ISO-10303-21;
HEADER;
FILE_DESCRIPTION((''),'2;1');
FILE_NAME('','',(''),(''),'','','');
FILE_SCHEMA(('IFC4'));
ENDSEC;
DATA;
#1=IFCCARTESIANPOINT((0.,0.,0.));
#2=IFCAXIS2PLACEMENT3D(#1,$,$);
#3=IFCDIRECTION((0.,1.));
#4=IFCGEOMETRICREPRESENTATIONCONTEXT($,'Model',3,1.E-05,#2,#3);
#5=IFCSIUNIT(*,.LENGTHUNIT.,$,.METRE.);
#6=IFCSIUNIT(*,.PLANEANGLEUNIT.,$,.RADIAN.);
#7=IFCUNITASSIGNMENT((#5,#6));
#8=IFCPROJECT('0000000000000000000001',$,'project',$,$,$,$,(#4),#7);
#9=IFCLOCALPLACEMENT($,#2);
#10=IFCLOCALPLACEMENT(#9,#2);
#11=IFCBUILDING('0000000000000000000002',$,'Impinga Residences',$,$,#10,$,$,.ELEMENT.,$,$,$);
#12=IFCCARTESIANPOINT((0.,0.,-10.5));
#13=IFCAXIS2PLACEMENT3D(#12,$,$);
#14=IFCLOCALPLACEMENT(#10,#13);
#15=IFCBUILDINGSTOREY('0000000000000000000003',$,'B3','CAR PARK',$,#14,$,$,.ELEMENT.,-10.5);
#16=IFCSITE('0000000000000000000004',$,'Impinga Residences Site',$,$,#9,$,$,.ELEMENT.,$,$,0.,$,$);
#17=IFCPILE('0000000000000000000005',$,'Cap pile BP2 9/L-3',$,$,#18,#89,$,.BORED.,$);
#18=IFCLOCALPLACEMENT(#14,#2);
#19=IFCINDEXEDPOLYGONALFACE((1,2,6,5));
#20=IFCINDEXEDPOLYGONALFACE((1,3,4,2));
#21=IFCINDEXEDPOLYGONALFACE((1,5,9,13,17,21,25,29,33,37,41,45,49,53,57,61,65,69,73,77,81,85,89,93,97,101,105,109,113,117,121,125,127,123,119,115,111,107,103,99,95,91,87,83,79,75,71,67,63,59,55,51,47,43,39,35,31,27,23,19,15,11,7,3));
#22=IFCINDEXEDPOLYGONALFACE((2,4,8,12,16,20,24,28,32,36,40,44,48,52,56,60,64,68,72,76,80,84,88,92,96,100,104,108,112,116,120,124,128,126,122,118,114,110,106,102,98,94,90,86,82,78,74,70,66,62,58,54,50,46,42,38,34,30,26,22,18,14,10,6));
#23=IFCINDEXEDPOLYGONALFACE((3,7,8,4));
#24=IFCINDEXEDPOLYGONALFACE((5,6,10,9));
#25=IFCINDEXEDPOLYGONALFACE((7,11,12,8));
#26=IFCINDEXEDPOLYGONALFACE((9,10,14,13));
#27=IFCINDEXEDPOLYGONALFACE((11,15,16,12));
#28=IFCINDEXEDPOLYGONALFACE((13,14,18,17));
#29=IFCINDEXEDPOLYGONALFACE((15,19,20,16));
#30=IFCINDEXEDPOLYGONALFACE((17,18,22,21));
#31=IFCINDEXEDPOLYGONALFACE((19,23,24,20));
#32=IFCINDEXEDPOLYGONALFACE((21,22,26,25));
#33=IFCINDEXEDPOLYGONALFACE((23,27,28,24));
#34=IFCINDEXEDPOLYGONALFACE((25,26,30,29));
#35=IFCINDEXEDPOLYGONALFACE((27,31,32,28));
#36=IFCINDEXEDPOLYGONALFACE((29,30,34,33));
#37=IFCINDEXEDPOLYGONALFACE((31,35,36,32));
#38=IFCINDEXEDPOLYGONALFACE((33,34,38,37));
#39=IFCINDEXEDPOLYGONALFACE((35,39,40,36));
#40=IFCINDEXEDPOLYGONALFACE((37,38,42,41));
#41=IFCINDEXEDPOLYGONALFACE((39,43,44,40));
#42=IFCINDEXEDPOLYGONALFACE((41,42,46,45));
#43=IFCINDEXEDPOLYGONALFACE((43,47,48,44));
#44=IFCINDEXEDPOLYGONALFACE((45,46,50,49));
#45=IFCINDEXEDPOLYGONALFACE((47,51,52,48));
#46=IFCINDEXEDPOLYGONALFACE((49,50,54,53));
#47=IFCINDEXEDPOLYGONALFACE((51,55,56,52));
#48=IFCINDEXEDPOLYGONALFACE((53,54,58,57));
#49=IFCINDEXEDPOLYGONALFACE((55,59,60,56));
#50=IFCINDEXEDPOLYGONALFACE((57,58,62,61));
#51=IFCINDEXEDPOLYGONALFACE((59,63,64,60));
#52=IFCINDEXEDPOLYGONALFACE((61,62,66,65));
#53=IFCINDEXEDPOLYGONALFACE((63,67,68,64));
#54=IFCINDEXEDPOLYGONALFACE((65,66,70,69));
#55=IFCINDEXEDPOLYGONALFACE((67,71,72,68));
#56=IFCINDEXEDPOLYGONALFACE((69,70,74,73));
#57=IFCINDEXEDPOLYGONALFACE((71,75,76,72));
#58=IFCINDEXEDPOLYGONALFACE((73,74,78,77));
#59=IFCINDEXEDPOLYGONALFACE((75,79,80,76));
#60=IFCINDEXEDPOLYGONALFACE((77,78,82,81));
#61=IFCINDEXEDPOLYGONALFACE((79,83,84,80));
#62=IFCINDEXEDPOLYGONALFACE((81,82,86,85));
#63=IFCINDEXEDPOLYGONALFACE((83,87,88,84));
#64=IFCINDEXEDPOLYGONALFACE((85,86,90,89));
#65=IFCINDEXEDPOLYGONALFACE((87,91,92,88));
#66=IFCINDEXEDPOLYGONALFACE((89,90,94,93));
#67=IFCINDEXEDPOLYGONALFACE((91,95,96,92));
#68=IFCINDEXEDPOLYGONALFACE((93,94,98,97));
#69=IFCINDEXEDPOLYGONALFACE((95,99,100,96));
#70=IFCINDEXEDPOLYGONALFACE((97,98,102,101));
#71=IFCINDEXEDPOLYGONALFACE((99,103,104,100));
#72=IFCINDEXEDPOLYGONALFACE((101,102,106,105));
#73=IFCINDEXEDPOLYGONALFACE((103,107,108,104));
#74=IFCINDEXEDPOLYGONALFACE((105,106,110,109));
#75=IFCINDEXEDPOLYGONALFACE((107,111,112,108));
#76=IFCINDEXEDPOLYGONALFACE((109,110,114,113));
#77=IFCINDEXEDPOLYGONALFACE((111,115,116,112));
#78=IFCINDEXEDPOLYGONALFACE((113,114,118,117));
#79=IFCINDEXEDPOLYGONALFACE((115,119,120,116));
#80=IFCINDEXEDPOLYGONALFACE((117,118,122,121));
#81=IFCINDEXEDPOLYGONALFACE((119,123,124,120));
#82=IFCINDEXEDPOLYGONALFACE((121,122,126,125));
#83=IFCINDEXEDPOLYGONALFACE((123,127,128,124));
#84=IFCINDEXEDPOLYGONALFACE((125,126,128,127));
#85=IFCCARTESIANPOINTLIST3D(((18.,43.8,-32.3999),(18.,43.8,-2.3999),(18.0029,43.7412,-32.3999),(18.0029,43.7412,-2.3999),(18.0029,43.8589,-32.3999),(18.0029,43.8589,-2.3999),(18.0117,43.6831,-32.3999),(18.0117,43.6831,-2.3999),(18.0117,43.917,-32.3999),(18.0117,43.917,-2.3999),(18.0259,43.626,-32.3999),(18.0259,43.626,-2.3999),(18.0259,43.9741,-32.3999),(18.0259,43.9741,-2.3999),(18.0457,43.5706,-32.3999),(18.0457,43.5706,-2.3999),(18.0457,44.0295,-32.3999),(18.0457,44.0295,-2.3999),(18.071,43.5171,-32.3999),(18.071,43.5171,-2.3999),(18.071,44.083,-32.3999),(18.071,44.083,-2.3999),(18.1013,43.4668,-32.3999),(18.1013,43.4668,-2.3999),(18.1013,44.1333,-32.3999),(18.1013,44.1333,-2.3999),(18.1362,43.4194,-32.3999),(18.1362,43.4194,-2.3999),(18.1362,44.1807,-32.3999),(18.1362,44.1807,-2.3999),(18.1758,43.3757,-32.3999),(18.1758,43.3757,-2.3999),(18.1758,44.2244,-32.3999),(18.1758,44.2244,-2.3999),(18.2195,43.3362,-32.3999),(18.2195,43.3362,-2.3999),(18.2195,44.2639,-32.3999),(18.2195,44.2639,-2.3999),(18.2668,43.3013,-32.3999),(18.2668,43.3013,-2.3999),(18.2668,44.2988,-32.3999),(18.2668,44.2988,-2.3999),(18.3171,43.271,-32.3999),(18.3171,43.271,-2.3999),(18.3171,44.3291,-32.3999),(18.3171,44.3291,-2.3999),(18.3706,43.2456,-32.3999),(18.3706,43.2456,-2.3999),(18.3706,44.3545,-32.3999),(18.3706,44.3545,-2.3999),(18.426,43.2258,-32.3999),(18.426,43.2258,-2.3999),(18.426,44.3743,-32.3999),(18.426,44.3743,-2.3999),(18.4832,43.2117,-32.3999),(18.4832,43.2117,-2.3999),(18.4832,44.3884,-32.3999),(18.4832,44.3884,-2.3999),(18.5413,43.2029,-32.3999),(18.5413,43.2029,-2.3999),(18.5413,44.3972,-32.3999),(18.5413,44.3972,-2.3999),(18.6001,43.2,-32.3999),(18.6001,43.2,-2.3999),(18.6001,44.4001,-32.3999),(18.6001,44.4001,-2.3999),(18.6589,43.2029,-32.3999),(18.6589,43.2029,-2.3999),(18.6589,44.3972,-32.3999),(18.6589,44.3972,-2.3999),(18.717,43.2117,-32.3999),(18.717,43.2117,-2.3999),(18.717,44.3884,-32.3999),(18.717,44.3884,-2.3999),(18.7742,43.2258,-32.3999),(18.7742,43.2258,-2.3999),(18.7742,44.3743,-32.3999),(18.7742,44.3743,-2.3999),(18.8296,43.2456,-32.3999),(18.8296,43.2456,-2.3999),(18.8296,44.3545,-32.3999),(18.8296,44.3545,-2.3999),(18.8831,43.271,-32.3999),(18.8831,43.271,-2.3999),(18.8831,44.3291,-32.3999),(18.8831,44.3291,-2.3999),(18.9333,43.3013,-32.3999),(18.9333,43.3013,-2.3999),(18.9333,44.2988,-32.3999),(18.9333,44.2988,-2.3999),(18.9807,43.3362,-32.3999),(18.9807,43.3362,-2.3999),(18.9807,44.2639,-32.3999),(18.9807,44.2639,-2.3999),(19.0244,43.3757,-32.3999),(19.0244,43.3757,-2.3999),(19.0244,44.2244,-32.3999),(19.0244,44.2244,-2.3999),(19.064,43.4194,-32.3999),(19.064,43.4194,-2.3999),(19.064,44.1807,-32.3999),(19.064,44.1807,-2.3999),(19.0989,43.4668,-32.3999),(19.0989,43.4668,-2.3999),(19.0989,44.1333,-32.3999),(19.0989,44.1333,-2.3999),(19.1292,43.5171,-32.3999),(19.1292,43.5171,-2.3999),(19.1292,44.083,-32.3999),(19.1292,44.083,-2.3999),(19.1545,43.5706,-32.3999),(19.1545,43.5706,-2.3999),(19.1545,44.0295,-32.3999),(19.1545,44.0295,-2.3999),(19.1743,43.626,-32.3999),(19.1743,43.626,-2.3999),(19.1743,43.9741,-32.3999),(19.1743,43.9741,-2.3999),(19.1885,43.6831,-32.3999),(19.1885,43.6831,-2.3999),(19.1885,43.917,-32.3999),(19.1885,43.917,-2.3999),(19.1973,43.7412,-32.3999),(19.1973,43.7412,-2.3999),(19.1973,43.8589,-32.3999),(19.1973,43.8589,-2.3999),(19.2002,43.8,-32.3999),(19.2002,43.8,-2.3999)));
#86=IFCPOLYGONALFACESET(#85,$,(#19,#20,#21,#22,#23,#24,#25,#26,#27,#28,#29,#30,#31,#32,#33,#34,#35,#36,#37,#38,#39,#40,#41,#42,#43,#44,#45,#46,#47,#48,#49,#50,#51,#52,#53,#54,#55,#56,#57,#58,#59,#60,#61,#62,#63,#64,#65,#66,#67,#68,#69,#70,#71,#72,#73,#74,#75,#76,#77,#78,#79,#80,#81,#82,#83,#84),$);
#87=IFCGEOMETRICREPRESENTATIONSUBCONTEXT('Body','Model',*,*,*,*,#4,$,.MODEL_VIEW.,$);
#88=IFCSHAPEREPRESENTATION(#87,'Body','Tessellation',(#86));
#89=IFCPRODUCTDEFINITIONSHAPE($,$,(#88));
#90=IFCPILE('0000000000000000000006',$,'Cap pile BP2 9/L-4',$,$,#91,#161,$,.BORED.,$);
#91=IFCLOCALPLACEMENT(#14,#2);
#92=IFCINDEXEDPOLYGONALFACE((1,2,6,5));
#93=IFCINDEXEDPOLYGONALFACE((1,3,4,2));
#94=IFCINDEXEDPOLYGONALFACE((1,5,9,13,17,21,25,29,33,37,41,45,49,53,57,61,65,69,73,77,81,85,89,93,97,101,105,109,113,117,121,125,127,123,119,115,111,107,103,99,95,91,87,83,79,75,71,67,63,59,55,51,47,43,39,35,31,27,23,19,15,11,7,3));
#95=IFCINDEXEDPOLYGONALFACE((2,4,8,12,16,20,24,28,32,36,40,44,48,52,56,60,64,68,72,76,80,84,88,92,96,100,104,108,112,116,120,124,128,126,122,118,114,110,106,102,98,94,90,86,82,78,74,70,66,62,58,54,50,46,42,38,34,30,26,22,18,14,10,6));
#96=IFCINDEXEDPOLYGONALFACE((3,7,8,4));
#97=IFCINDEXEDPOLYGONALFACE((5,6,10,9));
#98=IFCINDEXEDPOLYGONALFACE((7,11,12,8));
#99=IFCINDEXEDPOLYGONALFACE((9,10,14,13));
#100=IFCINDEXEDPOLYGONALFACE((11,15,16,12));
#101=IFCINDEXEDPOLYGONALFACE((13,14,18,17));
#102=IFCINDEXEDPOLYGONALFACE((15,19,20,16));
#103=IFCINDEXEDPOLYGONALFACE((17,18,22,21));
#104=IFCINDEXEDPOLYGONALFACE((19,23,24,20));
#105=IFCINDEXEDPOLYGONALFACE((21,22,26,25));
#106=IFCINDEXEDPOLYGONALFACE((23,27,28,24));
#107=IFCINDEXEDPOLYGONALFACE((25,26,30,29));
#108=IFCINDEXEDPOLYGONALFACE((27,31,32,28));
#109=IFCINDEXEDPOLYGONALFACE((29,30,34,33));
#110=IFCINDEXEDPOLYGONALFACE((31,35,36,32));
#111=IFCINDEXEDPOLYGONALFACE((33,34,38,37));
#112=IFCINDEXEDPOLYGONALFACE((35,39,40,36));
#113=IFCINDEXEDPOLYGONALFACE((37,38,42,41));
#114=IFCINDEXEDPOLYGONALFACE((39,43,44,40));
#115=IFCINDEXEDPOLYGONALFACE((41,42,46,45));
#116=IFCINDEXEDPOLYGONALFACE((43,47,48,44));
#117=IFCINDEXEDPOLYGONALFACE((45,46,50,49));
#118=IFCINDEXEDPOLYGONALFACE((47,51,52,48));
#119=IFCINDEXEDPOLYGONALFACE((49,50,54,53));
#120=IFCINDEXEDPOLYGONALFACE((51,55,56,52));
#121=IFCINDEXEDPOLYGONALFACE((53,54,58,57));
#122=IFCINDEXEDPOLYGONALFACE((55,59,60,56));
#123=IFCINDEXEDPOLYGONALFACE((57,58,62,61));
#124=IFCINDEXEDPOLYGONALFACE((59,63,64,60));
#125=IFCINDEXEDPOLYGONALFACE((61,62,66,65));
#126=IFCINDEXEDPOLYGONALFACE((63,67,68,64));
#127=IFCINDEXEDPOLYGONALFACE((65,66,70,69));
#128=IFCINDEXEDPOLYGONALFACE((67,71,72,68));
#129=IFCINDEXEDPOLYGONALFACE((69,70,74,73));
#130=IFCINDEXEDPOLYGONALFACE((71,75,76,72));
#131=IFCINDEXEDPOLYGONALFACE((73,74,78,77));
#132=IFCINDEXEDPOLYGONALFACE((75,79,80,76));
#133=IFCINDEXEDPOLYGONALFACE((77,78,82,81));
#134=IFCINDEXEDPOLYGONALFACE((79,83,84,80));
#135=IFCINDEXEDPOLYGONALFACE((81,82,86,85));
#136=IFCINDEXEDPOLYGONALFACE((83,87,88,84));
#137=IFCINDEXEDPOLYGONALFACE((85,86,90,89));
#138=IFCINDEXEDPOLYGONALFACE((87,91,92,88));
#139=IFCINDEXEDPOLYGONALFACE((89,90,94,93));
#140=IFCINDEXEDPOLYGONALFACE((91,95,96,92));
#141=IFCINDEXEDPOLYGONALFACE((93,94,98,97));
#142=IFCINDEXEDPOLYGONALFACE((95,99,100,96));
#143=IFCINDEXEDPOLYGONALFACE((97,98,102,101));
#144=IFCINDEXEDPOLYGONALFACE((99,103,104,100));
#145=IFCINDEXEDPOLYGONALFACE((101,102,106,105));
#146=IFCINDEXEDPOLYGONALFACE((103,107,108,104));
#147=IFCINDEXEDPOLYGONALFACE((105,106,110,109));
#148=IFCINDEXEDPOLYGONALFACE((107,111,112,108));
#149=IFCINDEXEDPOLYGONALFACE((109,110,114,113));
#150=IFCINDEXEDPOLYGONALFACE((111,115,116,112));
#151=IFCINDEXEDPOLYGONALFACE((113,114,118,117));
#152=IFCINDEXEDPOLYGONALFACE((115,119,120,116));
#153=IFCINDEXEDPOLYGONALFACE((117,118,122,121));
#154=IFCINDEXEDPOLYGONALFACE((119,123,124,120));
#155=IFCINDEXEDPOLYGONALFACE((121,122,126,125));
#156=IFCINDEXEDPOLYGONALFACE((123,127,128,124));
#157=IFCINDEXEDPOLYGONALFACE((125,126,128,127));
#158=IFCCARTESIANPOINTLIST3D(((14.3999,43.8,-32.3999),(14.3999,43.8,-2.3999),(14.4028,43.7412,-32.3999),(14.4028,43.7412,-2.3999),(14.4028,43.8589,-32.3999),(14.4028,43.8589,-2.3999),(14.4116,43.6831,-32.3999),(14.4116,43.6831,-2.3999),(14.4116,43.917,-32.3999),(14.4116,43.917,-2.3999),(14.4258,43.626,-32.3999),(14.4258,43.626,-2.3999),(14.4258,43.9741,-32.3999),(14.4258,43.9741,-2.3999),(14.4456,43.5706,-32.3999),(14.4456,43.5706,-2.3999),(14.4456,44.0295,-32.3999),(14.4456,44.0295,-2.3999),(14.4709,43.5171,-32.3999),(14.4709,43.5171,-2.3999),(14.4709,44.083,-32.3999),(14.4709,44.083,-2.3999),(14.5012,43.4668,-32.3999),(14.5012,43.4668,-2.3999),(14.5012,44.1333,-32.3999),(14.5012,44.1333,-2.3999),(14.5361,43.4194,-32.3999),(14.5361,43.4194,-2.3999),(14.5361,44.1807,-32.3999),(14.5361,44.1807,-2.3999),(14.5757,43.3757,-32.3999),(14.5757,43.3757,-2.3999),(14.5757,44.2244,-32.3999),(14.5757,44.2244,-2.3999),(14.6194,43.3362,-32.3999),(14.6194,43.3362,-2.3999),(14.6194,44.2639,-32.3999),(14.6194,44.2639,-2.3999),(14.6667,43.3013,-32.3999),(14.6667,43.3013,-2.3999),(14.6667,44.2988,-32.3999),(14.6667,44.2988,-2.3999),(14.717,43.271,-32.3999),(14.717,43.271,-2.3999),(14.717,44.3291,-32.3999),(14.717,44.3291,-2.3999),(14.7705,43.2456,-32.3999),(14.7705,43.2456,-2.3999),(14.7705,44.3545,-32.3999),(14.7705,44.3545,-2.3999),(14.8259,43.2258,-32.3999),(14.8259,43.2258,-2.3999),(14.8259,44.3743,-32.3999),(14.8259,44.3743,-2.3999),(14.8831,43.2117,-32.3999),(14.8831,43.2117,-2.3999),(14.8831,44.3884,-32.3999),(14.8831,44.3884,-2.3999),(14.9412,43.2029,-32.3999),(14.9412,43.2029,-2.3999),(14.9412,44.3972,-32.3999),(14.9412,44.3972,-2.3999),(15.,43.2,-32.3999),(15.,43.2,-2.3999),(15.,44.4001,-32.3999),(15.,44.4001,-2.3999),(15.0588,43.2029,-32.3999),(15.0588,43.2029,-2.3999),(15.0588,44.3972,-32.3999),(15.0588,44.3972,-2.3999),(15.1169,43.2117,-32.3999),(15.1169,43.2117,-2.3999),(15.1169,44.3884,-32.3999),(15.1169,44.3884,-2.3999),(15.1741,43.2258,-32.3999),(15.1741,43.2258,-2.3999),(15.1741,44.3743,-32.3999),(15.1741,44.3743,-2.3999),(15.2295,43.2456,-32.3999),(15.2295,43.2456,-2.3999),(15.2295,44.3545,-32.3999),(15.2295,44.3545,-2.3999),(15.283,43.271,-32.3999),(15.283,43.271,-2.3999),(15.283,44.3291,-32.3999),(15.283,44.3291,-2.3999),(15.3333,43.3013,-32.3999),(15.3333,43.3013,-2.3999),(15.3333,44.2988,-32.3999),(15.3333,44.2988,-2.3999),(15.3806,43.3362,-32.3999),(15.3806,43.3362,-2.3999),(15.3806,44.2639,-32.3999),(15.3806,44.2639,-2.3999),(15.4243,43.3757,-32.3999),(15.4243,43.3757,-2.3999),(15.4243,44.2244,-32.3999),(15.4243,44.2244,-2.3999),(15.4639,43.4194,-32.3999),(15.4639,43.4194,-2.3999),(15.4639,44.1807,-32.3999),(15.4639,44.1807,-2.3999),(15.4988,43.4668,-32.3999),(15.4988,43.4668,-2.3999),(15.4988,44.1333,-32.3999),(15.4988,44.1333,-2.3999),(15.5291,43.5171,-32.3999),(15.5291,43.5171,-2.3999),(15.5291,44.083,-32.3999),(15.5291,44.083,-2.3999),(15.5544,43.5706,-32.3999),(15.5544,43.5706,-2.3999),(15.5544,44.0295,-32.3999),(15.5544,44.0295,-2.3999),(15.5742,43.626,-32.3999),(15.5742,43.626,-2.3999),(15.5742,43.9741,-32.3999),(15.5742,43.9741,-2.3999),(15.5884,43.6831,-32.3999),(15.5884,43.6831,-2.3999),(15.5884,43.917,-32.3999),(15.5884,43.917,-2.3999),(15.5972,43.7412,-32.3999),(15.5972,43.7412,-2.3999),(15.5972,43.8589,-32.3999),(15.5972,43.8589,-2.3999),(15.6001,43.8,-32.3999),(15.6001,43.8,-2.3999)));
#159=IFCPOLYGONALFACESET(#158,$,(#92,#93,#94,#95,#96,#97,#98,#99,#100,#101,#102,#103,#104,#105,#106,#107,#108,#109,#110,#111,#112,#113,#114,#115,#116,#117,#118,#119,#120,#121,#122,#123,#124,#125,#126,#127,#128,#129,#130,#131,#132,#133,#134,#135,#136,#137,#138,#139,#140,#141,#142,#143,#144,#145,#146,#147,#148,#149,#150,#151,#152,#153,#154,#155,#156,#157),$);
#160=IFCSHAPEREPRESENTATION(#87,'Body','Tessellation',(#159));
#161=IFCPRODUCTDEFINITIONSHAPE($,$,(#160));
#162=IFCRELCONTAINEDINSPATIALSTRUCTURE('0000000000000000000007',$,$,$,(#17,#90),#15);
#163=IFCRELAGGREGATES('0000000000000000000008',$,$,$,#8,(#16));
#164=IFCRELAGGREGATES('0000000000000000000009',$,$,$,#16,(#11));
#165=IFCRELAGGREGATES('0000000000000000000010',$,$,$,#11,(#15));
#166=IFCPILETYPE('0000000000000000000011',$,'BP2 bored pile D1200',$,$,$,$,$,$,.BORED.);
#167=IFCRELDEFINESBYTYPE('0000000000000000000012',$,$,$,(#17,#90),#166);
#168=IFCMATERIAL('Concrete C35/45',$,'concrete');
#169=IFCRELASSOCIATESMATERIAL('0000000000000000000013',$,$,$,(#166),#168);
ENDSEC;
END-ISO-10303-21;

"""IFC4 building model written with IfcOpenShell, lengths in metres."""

from ifc_helpers import new_model, si_unit, direction, frame, origin, origin_2d, place, context, subcontext, project, spatial, polyline, circle, outline, extrude, material, material_profile, profile_set, type_object, element, save


model = new_model("IFC4")

# Units and contexts
model_context = context("Model", 3, precision=1e-05, world=origin(), true_north=direction((0.0, 1.0)))
body_context = subcontext(model_context, "Body", "Model", "MODEL_VIEW")
ifc_project = project(units=[si_unit("LENGTHUNIT", "METRE"), si_unit("PLANEANGLEUNIT", "RADIAN")], contexts=[model_context])

# Site, building, storey
site_placement = place(None, origin())
site = spatial("IfcSite", under=ifc_project, at=site_placement, Name="Impinga Residences Site", CompositionType="ELEMENT", RefElevation=0.0)
building_placement = place(site_placement, origin())
building = spatial("IfcBuilding", under=site, at=building_placement, Name="Impinga Residences", CompositionType="ELEMENT")
storey_placement = place(building_placement, frame((0.0, 0.0, -10.5)))
storey = spatial("IfcBuildingStorey", under=building, at=storey_placement, Name="B3", Description="CAR PARK", CompositionType="ELEMENT", Elevation=-10.5)

# Piles
ifc_material_1 = material(Name="Concrete C35/45", Category="concrete")
ifc_material_profile_1 = material_profile(ifc_material_1, circle(Radius=0.6001, at=origin_2d()), Name="D1200")
ifc_profile_set_1 = profile_set([ifc_material_profile_1], Name="Concrete C35/45")
pile_type_1 = type_object("IfcPileType", Name="BP2 bored pile D1200", PredefinedType="BORED", material=ifc_profile_set_1)
pile_1_placement = place(storey_placement, frame((18.6001, 43.8, -2.3999), z_axis=(0.0, 0.0, -1.0), x_axis=(1.0, 0.0, 0.0)))
element("IfcPile", 1, at=pile_1_placement, inside=storey, type_object=pile_type_1, Name="Cap pile BP2 9/L-3", PredefinedType="BORED", context=body_context, shape_type="SweptSolid", body=[
    extrude(outline(polyline([(0.6001, 0.0), (0.5972, 0.0588), (0.5884, 0.1169), (0.5742, 0.1741), (0.5544, 0.2295), (0.5291, 0.283), (0.4988, 0.3333), (0.4639, 0.3806), (0.4243, 0.4243), (0.3806, 0.4639), (0.3333, 0.4988), (0.283, 0.5291), (0.2295, 0.5544), (0.1741, 0.5742), (0.1169, 0.5884), (0.0588, 0.5972), (0.0, 0.6001), (-0.0588, 0.5972), (-0.1169, 0.5884), (-0.1741, 0.5742), (-0.2295, 0.5544), (-0.283, 0.5291), (-0.3333, 0.4988), (-0.3806, 0.4639), (-0.4243, 0.4243), (-0.4639, 0.3806), (-0.4988, 0.3333), (-0.5291, 0.283), (-0.5544, 0.2295), (-0.5742, 0.1741), (-0.5884, 0.1169), (-0.5972, 0.0588), (-0.6001, 0.0), (-0.5972, -0.0588), (-0.5884, -0.1169), (-0.5742, -0.1741), (-0.5544, -0.2295), (-0.5291, -0.283), (-0.4988, -0.3333), (-0.4639, -0.3806), (-0.4243, -0.4243), (-0.3806, -0.4639), (-0.3333, -0.4988), (-0.283, -0.5291), (-0.2295, -0.5544), (-0.1741, -0.5742), (-0.1169, -0.5884), (-0.0588, -0.5972), (0.0, -0.6001), (0.0588, -0.5972), (0.1169, -0.5884), (0.1741, -0.5742), (0.2295, -0.5544), (0.283, -0.5291), (0.3333, -0.4988), (0.3806, -0.4639), (0.4243, -0.4243), (0.4639, -0.3806), (0.4988, -0.3333), (0.5291, -0.283), (0.5544, -0.2295), (0.5742, -0.1741), (0.5884, -0.1169), (0.5972, -0.0588), (0.6001, 0.0)])), origin(), (0.0, 0.0, 1.0), 30.0),
])
pile_2_placement = place(storey_placement, frame((15.0, 43.8, -2.3999), z_axis=(0.0, 0.0, -1.0), x_axis=(1.0, 0.0, 0.0)))
element("IfcPile", 2, at=pile_2_placement, inside=storey, type_object=pile_type_1, Name="Cap pile BP2 9/L-4", PredefinedType="BORED", context=body_context, shape_type="SweptSolid", body=[
    extrude(outline(polyline([(0.6001, 0.0), (0.5972, 0.0588), (0.5884, 0.1169), (0.5742, 0.1741), (0.5544, 0.2295), (0.5291, 0.283), (0.4988, 0.3333), (0.4639, 0.3806), (0.4243, 0.4243), (0.3806, 0.4639), (0.3333, 0.4988), (0.283, 0.5291), (0.2295, 0.5544), (0.1741, 0.5742), (0.1169, 0.5884), (0.0588, 0.5972), (0.0, 0.6001), (-0.0588, 0.5972), (-0.1169, 0.5884), (-0.1741, 0.5742), (-0.2295, 0.5544), (-0.283, 0.5291), (-0.3333, 0.4988), (-0.3806, 0.4639), (-0.4243, 0.4243), (-0.4639, 0.3806), (-0.4988, 0.3333), (-0.5291, 0.283), (-0.5544, 0.2295), (-0.5742, 0.1741), (-0.5884, 0.1169), (-0.5972, 0.0588), (-0.6001, 0.0), (-0.5972, -0.0588), (-0.5884, -0.1169), (-0.5742, -0.1741), (-0.5544, -0.2295), (-0.5291, -0.283), (-0.4988, -0.3333), (-0.4639, -0.3806), (-0.4243, -0.4243), (-0.3806, -0.4639), (-0.3333, -0.4988), (-0.283, -0.5291), (-0.2295, -0.5544), (-0.1741, -0.5742), (-0.1169, -0.5884), (-0.0588, -0.5972), (0.0, -0.6001), (0.0588, -0.5972), (0.1169, -0.5884), (0.1741, -0.5742), (0.2295, -0.5544), (0.283, -0.5291), (0.3333, -0.4988), (0.3806, -0.4639), (0.4243, -0.4243), (0.4639, -0.3806), (0.4988, -0.3333), (0.5291, -0.283), (0.5544, -0.2295), (0.5742, -0.1741), (0.5884, -0.1169), (0.5972, -0.0588), (0.6001, 0.0)])), origin(), (0.0, 0.0, 1.0), 30.0),
])

save(model, "model.ifc")
